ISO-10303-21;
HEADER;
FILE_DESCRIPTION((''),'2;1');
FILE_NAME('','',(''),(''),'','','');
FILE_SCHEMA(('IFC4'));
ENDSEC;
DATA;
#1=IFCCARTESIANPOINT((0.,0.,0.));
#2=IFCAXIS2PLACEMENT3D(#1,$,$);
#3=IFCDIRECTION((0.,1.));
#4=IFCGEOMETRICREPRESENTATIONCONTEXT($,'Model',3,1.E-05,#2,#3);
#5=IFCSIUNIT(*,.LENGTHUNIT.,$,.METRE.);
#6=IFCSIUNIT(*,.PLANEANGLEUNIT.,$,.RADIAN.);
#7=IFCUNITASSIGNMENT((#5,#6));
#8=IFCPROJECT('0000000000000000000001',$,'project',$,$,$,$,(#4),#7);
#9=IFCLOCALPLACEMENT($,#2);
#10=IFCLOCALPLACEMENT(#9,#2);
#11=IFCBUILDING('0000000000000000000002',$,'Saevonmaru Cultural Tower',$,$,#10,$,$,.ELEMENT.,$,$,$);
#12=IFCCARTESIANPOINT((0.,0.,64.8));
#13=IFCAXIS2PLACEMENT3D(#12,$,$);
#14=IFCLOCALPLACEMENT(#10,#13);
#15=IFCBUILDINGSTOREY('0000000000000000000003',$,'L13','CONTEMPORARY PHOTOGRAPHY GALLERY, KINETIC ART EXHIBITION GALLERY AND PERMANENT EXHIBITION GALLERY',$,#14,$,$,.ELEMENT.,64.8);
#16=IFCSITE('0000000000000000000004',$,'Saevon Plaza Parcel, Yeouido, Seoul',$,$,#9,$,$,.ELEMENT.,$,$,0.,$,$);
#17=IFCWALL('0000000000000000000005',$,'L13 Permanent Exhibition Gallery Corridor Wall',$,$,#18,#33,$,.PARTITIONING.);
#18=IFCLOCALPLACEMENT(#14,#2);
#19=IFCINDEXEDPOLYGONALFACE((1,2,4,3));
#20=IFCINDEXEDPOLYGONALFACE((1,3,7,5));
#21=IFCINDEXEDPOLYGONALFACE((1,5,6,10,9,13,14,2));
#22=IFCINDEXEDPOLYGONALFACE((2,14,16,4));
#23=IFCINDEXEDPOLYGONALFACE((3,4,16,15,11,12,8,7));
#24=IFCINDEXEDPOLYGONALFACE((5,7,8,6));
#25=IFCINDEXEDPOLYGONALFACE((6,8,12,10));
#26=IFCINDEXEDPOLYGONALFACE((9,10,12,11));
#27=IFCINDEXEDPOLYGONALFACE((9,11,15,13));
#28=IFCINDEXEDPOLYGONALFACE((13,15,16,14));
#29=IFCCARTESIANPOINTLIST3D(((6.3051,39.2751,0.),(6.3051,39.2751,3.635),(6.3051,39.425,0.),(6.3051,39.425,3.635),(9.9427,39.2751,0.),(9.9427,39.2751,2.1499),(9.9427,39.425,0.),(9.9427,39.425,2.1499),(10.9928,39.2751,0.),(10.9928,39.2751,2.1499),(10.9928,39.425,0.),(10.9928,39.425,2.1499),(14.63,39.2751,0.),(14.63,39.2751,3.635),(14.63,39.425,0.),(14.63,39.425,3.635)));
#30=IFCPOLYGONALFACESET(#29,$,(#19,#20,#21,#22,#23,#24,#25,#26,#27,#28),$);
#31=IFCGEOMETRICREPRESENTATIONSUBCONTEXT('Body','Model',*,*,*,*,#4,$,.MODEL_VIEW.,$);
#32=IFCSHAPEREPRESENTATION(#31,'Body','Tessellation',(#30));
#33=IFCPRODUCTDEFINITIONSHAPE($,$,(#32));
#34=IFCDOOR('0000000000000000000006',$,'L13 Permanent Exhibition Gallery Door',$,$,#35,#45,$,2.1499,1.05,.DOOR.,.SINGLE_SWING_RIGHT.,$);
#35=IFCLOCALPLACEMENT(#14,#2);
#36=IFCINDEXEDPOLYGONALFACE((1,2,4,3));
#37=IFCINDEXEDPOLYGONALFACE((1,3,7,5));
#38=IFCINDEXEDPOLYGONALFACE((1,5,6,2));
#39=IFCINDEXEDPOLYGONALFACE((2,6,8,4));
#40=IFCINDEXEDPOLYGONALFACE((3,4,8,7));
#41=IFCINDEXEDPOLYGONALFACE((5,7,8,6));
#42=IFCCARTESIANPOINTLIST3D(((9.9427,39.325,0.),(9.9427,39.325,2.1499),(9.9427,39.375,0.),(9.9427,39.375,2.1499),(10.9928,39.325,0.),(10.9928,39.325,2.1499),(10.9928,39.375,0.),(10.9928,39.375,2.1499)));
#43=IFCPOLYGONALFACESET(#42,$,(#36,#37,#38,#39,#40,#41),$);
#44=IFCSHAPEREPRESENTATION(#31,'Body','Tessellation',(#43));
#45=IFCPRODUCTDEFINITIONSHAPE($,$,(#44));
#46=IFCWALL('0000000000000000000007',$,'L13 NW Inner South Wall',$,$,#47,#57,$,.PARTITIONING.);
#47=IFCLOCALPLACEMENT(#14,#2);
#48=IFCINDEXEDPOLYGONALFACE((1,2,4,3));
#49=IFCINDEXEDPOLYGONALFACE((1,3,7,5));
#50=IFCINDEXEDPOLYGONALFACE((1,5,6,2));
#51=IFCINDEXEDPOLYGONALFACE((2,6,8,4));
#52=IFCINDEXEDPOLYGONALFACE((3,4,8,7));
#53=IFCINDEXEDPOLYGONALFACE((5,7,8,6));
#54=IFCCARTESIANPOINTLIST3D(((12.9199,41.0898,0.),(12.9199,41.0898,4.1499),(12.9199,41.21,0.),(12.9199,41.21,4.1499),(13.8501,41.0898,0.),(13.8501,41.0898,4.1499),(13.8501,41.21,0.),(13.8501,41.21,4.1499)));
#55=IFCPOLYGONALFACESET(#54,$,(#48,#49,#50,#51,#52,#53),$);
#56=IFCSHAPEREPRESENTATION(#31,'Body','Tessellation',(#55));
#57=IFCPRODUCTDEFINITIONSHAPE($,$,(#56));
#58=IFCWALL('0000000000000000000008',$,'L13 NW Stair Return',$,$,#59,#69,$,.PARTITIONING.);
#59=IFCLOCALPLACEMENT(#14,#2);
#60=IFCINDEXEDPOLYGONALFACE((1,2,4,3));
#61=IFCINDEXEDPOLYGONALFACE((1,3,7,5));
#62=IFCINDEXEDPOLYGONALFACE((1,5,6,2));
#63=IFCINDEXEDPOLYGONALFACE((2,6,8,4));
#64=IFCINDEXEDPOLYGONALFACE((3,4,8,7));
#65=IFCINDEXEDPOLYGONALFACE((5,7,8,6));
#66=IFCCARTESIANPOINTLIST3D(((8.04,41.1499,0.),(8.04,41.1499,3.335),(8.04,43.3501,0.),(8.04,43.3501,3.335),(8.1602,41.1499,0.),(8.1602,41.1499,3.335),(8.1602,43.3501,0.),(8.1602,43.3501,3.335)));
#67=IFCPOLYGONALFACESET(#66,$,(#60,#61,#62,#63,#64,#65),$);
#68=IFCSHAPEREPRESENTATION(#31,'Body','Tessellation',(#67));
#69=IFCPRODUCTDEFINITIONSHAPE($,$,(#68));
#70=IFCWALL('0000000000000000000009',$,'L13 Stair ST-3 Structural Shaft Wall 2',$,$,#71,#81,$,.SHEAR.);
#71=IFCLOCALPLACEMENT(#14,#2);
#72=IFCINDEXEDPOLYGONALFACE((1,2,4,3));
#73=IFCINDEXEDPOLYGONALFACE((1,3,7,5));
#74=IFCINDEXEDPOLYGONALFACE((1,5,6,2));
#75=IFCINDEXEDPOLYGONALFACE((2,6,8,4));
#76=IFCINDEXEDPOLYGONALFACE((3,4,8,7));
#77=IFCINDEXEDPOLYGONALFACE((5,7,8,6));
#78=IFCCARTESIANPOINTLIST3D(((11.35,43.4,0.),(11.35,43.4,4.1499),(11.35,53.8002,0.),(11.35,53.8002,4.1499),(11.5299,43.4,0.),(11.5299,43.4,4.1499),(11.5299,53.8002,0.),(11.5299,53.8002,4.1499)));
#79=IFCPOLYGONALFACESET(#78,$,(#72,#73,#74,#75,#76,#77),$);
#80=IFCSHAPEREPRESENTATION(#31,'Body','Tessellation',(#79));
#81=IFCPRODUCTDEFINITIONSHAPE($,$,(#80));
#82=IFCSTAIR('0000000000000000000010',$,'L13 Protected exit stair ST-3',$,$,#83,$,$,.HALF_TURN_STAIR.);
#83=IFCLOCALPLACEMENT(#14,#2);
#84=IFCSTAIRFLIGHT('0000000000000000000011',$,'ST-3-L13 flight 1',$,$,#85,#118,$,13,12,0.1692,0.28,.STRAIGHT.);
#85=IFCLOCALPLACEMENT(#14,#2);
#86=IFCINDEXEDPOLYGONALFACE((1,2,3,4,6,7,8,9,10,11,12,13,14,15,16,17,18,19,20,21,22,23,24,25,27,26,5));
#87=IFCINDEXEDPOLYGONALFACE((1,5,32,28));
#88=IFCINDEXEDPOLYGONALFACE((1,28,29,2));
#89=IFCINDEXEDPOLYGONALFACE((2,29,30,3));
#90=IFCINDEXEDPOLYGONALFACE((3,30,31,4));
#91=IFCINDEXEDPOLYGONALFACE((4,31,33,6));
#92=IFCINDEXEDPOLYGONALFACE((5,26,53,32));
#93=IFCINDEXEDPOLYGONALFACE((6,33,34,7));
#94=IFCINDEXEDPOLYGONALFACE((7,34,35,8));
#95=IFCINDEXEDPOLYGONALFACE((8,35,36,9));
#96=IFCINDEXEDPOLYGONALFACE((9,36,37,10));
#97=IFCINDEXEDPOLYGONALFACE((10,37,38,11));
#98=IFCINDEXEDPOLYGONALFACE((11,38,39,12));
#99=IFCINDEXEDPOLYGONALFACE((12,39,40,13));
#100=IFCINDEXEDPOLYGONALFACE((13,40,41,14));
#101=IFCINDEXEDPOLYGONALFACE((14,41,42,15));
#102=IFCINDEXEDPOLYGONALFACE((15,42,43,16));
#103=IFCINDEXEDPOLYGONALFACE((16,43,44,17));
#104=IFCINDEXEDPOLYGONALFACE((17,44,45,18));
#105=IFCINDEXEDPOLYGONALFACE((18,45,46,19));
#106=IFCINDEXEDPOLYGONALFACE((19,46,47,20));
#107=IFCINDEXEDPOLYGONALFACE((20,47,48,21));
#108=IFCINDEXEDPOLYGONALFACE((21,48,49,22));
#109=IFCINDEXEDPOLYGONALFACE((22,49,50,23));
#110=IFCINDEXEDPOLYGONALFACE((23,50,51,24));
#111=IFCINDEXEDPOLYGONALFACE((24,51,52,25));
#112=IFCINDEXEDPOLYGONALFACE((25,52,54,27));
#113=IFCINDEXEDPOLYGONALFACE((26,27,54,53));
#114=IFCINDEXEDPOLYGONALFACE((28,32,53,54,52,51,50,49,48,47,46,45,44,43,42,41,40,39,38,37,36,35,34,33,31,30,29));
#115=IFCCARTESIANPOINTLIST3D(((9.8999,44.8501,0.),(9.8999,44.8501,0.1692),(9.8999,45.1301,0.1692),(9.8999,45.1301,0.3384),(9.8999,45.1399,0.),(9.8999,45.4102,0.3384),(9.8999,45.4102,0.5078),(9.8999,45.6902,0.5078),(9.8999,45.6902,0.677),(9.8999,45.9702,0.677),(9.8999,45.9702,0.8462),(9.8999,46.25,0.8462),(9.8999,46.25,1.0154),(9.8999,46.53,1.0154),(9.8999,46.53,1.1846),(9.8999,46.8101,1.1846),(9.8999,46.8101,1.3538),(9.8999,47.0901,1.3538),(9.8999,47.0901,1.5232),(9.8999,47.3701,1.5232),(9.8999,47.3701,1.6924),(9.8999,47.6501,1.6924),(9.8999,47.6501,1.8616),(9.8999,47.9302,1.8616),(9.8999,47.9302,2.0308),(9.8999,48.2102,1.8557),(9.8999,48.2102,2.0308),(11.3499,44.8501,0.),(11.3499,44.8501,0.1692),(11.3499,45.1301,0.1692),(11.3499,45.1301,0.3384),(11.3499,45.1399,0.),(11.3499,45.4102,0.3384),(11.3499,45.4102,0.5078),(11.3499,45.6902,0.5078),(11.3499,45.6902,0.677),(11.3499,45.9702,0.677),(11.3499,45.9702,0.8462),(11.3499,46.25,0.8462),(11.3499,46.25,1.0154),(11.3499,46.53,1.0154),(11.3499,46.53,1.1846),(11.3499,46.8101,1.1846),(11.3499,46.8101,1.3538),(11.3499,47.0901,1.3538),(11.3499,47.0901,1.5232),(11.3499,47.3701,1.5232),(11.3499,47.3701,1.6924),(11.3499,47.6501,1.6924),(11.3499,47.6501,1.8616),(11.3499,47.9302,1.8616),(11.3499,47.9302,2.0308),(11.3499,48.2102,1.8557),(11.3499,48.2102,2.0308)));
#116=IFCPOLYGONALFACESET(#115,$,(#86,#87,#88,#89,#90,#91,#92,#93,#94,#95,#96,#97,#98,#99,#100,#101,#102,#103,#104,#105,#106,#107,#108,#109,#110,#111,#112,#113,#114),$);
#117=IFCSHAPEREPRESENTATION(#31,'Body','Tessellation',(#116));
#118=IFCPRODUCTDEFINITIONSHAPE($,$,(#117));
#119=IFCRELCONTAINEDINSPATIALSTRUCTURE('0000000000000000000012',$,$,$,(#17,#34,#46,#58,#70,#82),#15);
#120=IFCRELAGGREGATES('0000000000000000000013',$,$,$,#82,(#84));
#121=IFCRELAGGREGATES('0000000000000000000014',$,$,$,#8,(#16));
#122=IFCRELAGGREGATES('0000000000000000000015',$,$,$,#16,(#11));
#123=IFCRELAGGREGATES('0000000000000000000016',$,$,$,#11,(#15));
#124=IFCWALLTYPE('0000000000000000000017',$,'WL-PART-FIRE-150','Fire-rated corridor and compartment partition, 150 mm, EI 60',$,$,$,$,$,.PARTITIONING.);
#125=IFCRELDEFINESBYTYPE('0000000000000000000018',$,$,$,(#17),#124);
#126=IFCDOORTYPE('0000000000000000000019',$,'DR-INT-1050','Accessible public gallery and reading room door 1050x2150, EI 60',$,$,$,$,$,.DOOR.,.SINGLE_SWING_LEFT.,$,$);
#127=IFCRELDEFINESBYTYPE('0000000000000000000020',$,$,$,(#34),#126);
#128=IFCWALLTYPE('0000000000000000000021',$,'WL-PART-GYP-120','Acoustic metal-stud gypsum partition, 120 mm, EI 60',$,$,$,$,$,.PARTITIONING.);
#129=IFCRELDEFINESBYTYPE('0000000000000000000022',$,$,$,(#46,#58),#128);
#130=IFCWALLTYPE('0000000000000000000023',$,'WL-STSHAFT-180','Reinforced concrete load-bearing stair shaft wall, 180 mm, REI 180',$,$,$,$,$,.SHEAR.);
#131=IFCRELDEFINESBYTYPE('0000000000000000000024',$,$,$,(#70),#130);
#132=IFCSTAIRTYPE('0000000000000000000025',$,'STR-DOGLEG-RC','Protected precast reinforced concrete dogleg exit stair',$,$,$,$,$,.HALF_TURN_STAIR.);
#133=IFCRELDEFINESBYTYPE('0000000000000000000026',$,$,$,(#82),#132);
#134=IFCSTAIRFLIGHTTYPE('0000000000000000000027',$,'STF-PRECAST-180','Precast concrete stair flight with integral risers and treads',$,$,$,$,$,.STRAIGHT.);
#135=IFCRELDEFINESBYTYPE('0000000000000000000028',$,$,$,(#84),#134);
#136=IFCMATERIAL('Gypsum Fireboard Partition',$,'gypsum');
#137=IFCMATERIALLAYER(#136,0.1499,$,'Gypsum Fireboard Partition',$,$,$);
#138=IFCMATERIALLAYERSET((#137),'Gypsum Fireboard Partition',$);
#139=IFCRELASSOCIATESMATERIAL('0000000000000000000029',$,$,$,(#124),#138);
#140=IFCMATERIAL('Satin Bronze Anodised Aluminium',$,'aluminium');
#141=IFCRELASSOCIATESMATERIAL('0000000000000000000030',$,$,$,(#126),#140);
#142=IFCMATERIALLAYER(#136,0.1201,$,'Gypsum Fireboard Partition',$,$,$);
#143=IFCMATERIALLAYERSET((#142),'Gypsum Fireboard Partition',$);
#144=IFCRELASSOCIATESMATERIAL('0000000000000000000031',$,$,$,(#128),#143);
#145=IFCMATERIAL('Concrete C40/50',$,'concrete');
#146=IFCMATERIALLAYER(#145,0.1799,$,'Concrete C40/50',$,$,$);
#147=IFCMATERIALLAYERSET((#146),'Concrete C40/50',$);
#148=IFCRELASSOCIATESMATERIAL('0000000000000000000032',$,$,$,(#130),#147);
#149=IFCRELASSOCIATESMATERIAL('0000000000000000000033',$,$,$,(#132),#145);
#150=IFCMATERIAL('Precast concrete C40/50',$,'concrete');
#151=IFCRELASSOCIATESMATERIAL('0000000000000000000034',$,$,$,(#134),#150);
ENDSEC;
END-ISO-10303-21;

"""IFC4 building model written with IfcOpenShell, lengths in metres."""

from ifc_helpers import new_model, si_unit, direction, frame, frame_2d, origin, place, context, subcontext, project, spatial, polyline, rectangle, outline, extrude, material, layer, layer_set, type_object, element, fill, aggregate, save


model = new_model("IFC4")

# Units and contexts
model_context = context("Model", 3, precision=1e-05, world=origin(), true_north=direction((0.0, 1.0)))
body_context = subcontext(model_context, "Body", "Model", "MODEL_VIEW")
ifc_project = project(units=[si_unit("LENGTHUNIT", "METRE"), si_unit("PLANEANGLEUNIT", "RADIAN")], contexts=[model_context])

# Site, building, storey
site_placement = place(None, origin())
site = spatial("IfcSite", under=ifc_project, at=site_placement, Name="Saevon Plaza Parcel, Yeouido, Seoul", CompositionType="ELEMENT", RefElevation=0.0)
building_placement = place(site_placement, origin())
building = spatial("IfcBuilding", under=site, at=building_placement, Name="Saevonmaru Cultural Tower", CompositionType="ELEMENT")
storey_placement = place(building_placement, frame((0.0, 0.0, 64.8)))
storey = spatial("IfcBuildingStorey", under=building, at=storey_placement, Name="L13", Description="CONTEMPORARY PHOTOGRAPHY GALLERY, KINETIC ART EXHIBITION GALLERY AND PERMANENT EXHIBITION GALLERY", CompositionType="ELEMENT", Elevation=64.8)

# Shared definitions
ifc_material_1 = material(Name="Satin Bronze Anodised Aluminium", Category="aluminium")

# Shared definitions
ifc_material_2 = material(Name="Gypsum Fireboard Partition", Category="gypsum")
ifc_layer_1 = layer(ifc_material_2, 0.1499, Name="Gypsum Fireboard Partition")
ifc_layer_set_1 = layer_set([ifc_layer_1], Name="Gypsum Fireboard Partition")
wall_type_1 = type_object("IfcWallType", Name="WL-PART-FIRE-150", Description="Fire-rated corridor and compartment partition, 150 mm, EI 60", PredefinedType="PARTITIONING", material=ifc_layer_set_1)

# Wall, opening, door
wall_1_placement = place(storey_placement, frame((6.3049, 39.3501, 0.0), z_axis=(0.0, 0.0, 1.0), x_axis=(1.0, 0.0, 0.0)))
wall_1 = element("IfcWall", 1, at=wall_1_placement, inside=storey, type_object=wall_type_1, Name="L13 Permanent Exhibition Gallery Corridor Wall", PredefinedType="PARTITIONING", context=body_context, shape_type="SweptSolid", body=[
    extrude(rectangle(XDim=8.325, YDim=0.1499, at=frame_2d((4.1626, 0.0))), origin(), (0.0, 0.0, 1.0), 3.635),
])
opening_1_placement = place(wall_1_placement, frame((3.6379, 0.0, 0.0)))
opening_1 = element("IfcOpeningElement", 2, at=opening_1_placement, cuts=wall_1, PredefinedType="OPENING", context=body_context, shape_type="SweptSolid", body=[
    extrude(rectangle(XDim=1.05, YDim=2.1499, at=frame_2d((0.5249, 1.075))), frame((0.0, 0.085, 0.0), z_axis=(0.0, -1.0, 0.0), x_axis=(1.0, 0.0, 0.0)), (0.0, 0.0, 1.0), 0.1699),
])
door_type_1 = type_object("IfcDoorType", Name="DR-INT-1050", Description="Accessible public gallery and reading room door 1050x2150, EI 60", OperationType="SINGLE_SWING_LEFT", PredefinedType="DOOR", material=ifc_material_1)
door_1_placement = place(opening_1_placement, origin())
door_1 = element("IfcDoor", 3, at=door_1_placement, inside=storey, type_object=door_type_1, Name="L13 Permanent Exhibition Gallery Door", OperationType="SINGLE_SWING_RIGHT", OverallHeight=2.1499, OverallWidth=1.05, PredefinedType="DOOR", context=body_context, shape_type="SweptSolid", body=[
    extrude(rectangle(XDim=1.05, YDim=2.1499, at=frame_2d((0.5249, 1.075))), frame((0.0, 0.0249, 0.0), z_axis=(0.0, -1.0, 0.0), x_axis=(1.0, 0.0, 0.0)), (0.0, 0.0, 1.0), 0.05),
])
fill(opening_1, door_1)

# Walls
ifc_layer_2 = layer(ifc_material_2, 0.1201, Name="Gypsum Fireboard Partition")
ifc_layer_set_2 = layer_set([ifc_layer_2], Name="Gypsum Fireboard Partition")
wall_type_2 = type_object("IfcWallType", Name="WL-PART-GYP-120", Description="Acoustic metal-stud gypsum partition, 120 mm, EI 60", PredefinedType="PARTITIONING", material=ifc_layer_set_2)
wall_2_placement = place(storey_placement, frame((12.9199, 41.1499, 0.0), z_axis=(0.0, 0.0, 1.0), x_axis=(1.0, 0.0, 0.0)))
element("IfcWall", 4, at=wall_2_placement, inside=storey, type_object=wall_type_2, Name="L13 NW Inner South Wall", PredefinedType="PARTITIONING", context=body_context, shape_type="SweptSolid", body=[
    extrude(rectangle(XDim=0.9302, YDim=0.1201, at=frame_2d((0.4651, 0.0))), origin(), (0.0, 0.0, 1.0), 4.1499),
])
wall_3_placement = place(storey_placement, frame((8.1001, 41.1499, 0.0), z_axis=(0.0, 0.0, 1.0), x_axis=(0.0, 1.0, 0.0)))
element("IfcWall", 5, at=wall_3_placement, inside=storey, type_object=wall_type_2, Name="L13 NW Stair Return", PredefinedType="PARTITIONING", context=body_context, shape_type="SweptSolid", body=[
    extrude(rectangle(XDim=2.2002, YDim=0.1201, at=frame_2d((1.1001, 0.0))), origin(), (0.0, 0.0, 1.0), 3.335),
])

# Shared definitions
ifc_material_3 = material(Name="Concrete C40/50", Category="concrete")
ifc_layer_3 = layer(ifc_material_3, 0.1799, Name="Concrete C40/50")
ifc_layer_set_3 = layer_set([ifc_layer_3], Name="Concrete C40/50")
wall_type_3 = type_object("IfcWallType", Name="WL-STSHAFT-180", Description="Reinforced concrete load-bearing stair shaft wall, 180 mm, REI 180", PredefinedType="SHEAR", material=ifc_layer_set_3)

# Wall
wall_4_placement = place(storey_placement, frame((11.4399, 43.3999, 0.0), z_axis=(0.0, 0.0, 1.0), x_axis=(0.0, 1.0, 0.0)))
element("IfcWall", 6, at=wall_4_placement, inside=storey, type_object=wall_type_3, Name="L13 Stair ST-3 Structural Shaft Wall 2", PredefinedType="SHEAR", context=body_context, shape_type="SweptSolid", body=[
    extrude(rectangle(XDim=10.4001, YDim=0.1799, at=frame_2d((5.2002, 0.0))), origin(), (0.0, 0.0, 1.0), 4.1499),
])

# Stair, stair flight
stair_type = type_object("IfcStairType", Name="STR-DOGLEG-RC", Description="Protected precast reinforced concrete dogleg exit stair", PredefinedType="HALF_TURN_STAIR", material=ifc_material_3)
stair_placement = place(storey_placement, origin())
stair = element("IfcStair", 7, at=stair_placement, inside=storey, type_object=stair_type, Name="L13 Protected exit stair ST-3", PredefinedType="HALF_TURN_STAIR")
ifc_material_4 = material(Name="Precast concrete C40/50", Category="concrete")
stair_flight_type = type_object("IfcStairFlightType", Name="STF-PRECAST-180", Description="Precast concrete stair flight with integral risers and treads", PredefinedType="STRAIGHT", material=ifc_material_4)
stair_flight_placement = place(storey_placement, frame((10.625, 44.8501, 0.0), z_axis=(0.0, 0.0, 1.0), x_axis=(0.0, 1.0, 0.0)))
stair_flight = element("IfcStairFlight", 8, at=stair_flight_placement, type_object=stair_flight_type, Name="ST-3-L13 flight 1", NumberOfRisers=13, NumberOfTreads=12, PredefinedType="STRAIGHT", RiserHeight=0.1692, TreadLength=0.28, context=body_context, shape_type="SweptSolid", body=[
    extrude(outline(polyline([(0.0, 0.0), (0.0, 0.1692), (0.28, 0.1692), (0.28, 0.3384), (0.5601, 0.3384), (0.5601, 0.5078), (0.8401, 0.5078), (0.8401, 0.677), (1.1201, 0.677), (1.1201, 0.8462), (1.3999, 0.8462), (1.3999, 1.0154), (1.6799, 1.0154), (1.6799, 1.1846), (1.96, 1.1846), (1.96, 1.3538), (2.24, 1.3538), (2.24, 1.5232), (2.52, 1.5232), (2.52, 1.6924), (2.8, 1.6924), (2.8, 1.8616), (3.0801, 1.8616), (3.0801, 2.0308), (3.3601, 2.0308), (3.3601, 2.2), (3.3601, 1.8557), (0.2898, 0.0), (0.0, 0.0)])), frame((0.0, 0.7251, 0.0), z_axis=(0.0, -1.0, 0.0), x_axis=(1.0, 0.0, 0.0)), (0.0, 0.0, 1.0), 1.45),
])
aggregate(stair, [stair_flight])

save(model, "model.ifc")
